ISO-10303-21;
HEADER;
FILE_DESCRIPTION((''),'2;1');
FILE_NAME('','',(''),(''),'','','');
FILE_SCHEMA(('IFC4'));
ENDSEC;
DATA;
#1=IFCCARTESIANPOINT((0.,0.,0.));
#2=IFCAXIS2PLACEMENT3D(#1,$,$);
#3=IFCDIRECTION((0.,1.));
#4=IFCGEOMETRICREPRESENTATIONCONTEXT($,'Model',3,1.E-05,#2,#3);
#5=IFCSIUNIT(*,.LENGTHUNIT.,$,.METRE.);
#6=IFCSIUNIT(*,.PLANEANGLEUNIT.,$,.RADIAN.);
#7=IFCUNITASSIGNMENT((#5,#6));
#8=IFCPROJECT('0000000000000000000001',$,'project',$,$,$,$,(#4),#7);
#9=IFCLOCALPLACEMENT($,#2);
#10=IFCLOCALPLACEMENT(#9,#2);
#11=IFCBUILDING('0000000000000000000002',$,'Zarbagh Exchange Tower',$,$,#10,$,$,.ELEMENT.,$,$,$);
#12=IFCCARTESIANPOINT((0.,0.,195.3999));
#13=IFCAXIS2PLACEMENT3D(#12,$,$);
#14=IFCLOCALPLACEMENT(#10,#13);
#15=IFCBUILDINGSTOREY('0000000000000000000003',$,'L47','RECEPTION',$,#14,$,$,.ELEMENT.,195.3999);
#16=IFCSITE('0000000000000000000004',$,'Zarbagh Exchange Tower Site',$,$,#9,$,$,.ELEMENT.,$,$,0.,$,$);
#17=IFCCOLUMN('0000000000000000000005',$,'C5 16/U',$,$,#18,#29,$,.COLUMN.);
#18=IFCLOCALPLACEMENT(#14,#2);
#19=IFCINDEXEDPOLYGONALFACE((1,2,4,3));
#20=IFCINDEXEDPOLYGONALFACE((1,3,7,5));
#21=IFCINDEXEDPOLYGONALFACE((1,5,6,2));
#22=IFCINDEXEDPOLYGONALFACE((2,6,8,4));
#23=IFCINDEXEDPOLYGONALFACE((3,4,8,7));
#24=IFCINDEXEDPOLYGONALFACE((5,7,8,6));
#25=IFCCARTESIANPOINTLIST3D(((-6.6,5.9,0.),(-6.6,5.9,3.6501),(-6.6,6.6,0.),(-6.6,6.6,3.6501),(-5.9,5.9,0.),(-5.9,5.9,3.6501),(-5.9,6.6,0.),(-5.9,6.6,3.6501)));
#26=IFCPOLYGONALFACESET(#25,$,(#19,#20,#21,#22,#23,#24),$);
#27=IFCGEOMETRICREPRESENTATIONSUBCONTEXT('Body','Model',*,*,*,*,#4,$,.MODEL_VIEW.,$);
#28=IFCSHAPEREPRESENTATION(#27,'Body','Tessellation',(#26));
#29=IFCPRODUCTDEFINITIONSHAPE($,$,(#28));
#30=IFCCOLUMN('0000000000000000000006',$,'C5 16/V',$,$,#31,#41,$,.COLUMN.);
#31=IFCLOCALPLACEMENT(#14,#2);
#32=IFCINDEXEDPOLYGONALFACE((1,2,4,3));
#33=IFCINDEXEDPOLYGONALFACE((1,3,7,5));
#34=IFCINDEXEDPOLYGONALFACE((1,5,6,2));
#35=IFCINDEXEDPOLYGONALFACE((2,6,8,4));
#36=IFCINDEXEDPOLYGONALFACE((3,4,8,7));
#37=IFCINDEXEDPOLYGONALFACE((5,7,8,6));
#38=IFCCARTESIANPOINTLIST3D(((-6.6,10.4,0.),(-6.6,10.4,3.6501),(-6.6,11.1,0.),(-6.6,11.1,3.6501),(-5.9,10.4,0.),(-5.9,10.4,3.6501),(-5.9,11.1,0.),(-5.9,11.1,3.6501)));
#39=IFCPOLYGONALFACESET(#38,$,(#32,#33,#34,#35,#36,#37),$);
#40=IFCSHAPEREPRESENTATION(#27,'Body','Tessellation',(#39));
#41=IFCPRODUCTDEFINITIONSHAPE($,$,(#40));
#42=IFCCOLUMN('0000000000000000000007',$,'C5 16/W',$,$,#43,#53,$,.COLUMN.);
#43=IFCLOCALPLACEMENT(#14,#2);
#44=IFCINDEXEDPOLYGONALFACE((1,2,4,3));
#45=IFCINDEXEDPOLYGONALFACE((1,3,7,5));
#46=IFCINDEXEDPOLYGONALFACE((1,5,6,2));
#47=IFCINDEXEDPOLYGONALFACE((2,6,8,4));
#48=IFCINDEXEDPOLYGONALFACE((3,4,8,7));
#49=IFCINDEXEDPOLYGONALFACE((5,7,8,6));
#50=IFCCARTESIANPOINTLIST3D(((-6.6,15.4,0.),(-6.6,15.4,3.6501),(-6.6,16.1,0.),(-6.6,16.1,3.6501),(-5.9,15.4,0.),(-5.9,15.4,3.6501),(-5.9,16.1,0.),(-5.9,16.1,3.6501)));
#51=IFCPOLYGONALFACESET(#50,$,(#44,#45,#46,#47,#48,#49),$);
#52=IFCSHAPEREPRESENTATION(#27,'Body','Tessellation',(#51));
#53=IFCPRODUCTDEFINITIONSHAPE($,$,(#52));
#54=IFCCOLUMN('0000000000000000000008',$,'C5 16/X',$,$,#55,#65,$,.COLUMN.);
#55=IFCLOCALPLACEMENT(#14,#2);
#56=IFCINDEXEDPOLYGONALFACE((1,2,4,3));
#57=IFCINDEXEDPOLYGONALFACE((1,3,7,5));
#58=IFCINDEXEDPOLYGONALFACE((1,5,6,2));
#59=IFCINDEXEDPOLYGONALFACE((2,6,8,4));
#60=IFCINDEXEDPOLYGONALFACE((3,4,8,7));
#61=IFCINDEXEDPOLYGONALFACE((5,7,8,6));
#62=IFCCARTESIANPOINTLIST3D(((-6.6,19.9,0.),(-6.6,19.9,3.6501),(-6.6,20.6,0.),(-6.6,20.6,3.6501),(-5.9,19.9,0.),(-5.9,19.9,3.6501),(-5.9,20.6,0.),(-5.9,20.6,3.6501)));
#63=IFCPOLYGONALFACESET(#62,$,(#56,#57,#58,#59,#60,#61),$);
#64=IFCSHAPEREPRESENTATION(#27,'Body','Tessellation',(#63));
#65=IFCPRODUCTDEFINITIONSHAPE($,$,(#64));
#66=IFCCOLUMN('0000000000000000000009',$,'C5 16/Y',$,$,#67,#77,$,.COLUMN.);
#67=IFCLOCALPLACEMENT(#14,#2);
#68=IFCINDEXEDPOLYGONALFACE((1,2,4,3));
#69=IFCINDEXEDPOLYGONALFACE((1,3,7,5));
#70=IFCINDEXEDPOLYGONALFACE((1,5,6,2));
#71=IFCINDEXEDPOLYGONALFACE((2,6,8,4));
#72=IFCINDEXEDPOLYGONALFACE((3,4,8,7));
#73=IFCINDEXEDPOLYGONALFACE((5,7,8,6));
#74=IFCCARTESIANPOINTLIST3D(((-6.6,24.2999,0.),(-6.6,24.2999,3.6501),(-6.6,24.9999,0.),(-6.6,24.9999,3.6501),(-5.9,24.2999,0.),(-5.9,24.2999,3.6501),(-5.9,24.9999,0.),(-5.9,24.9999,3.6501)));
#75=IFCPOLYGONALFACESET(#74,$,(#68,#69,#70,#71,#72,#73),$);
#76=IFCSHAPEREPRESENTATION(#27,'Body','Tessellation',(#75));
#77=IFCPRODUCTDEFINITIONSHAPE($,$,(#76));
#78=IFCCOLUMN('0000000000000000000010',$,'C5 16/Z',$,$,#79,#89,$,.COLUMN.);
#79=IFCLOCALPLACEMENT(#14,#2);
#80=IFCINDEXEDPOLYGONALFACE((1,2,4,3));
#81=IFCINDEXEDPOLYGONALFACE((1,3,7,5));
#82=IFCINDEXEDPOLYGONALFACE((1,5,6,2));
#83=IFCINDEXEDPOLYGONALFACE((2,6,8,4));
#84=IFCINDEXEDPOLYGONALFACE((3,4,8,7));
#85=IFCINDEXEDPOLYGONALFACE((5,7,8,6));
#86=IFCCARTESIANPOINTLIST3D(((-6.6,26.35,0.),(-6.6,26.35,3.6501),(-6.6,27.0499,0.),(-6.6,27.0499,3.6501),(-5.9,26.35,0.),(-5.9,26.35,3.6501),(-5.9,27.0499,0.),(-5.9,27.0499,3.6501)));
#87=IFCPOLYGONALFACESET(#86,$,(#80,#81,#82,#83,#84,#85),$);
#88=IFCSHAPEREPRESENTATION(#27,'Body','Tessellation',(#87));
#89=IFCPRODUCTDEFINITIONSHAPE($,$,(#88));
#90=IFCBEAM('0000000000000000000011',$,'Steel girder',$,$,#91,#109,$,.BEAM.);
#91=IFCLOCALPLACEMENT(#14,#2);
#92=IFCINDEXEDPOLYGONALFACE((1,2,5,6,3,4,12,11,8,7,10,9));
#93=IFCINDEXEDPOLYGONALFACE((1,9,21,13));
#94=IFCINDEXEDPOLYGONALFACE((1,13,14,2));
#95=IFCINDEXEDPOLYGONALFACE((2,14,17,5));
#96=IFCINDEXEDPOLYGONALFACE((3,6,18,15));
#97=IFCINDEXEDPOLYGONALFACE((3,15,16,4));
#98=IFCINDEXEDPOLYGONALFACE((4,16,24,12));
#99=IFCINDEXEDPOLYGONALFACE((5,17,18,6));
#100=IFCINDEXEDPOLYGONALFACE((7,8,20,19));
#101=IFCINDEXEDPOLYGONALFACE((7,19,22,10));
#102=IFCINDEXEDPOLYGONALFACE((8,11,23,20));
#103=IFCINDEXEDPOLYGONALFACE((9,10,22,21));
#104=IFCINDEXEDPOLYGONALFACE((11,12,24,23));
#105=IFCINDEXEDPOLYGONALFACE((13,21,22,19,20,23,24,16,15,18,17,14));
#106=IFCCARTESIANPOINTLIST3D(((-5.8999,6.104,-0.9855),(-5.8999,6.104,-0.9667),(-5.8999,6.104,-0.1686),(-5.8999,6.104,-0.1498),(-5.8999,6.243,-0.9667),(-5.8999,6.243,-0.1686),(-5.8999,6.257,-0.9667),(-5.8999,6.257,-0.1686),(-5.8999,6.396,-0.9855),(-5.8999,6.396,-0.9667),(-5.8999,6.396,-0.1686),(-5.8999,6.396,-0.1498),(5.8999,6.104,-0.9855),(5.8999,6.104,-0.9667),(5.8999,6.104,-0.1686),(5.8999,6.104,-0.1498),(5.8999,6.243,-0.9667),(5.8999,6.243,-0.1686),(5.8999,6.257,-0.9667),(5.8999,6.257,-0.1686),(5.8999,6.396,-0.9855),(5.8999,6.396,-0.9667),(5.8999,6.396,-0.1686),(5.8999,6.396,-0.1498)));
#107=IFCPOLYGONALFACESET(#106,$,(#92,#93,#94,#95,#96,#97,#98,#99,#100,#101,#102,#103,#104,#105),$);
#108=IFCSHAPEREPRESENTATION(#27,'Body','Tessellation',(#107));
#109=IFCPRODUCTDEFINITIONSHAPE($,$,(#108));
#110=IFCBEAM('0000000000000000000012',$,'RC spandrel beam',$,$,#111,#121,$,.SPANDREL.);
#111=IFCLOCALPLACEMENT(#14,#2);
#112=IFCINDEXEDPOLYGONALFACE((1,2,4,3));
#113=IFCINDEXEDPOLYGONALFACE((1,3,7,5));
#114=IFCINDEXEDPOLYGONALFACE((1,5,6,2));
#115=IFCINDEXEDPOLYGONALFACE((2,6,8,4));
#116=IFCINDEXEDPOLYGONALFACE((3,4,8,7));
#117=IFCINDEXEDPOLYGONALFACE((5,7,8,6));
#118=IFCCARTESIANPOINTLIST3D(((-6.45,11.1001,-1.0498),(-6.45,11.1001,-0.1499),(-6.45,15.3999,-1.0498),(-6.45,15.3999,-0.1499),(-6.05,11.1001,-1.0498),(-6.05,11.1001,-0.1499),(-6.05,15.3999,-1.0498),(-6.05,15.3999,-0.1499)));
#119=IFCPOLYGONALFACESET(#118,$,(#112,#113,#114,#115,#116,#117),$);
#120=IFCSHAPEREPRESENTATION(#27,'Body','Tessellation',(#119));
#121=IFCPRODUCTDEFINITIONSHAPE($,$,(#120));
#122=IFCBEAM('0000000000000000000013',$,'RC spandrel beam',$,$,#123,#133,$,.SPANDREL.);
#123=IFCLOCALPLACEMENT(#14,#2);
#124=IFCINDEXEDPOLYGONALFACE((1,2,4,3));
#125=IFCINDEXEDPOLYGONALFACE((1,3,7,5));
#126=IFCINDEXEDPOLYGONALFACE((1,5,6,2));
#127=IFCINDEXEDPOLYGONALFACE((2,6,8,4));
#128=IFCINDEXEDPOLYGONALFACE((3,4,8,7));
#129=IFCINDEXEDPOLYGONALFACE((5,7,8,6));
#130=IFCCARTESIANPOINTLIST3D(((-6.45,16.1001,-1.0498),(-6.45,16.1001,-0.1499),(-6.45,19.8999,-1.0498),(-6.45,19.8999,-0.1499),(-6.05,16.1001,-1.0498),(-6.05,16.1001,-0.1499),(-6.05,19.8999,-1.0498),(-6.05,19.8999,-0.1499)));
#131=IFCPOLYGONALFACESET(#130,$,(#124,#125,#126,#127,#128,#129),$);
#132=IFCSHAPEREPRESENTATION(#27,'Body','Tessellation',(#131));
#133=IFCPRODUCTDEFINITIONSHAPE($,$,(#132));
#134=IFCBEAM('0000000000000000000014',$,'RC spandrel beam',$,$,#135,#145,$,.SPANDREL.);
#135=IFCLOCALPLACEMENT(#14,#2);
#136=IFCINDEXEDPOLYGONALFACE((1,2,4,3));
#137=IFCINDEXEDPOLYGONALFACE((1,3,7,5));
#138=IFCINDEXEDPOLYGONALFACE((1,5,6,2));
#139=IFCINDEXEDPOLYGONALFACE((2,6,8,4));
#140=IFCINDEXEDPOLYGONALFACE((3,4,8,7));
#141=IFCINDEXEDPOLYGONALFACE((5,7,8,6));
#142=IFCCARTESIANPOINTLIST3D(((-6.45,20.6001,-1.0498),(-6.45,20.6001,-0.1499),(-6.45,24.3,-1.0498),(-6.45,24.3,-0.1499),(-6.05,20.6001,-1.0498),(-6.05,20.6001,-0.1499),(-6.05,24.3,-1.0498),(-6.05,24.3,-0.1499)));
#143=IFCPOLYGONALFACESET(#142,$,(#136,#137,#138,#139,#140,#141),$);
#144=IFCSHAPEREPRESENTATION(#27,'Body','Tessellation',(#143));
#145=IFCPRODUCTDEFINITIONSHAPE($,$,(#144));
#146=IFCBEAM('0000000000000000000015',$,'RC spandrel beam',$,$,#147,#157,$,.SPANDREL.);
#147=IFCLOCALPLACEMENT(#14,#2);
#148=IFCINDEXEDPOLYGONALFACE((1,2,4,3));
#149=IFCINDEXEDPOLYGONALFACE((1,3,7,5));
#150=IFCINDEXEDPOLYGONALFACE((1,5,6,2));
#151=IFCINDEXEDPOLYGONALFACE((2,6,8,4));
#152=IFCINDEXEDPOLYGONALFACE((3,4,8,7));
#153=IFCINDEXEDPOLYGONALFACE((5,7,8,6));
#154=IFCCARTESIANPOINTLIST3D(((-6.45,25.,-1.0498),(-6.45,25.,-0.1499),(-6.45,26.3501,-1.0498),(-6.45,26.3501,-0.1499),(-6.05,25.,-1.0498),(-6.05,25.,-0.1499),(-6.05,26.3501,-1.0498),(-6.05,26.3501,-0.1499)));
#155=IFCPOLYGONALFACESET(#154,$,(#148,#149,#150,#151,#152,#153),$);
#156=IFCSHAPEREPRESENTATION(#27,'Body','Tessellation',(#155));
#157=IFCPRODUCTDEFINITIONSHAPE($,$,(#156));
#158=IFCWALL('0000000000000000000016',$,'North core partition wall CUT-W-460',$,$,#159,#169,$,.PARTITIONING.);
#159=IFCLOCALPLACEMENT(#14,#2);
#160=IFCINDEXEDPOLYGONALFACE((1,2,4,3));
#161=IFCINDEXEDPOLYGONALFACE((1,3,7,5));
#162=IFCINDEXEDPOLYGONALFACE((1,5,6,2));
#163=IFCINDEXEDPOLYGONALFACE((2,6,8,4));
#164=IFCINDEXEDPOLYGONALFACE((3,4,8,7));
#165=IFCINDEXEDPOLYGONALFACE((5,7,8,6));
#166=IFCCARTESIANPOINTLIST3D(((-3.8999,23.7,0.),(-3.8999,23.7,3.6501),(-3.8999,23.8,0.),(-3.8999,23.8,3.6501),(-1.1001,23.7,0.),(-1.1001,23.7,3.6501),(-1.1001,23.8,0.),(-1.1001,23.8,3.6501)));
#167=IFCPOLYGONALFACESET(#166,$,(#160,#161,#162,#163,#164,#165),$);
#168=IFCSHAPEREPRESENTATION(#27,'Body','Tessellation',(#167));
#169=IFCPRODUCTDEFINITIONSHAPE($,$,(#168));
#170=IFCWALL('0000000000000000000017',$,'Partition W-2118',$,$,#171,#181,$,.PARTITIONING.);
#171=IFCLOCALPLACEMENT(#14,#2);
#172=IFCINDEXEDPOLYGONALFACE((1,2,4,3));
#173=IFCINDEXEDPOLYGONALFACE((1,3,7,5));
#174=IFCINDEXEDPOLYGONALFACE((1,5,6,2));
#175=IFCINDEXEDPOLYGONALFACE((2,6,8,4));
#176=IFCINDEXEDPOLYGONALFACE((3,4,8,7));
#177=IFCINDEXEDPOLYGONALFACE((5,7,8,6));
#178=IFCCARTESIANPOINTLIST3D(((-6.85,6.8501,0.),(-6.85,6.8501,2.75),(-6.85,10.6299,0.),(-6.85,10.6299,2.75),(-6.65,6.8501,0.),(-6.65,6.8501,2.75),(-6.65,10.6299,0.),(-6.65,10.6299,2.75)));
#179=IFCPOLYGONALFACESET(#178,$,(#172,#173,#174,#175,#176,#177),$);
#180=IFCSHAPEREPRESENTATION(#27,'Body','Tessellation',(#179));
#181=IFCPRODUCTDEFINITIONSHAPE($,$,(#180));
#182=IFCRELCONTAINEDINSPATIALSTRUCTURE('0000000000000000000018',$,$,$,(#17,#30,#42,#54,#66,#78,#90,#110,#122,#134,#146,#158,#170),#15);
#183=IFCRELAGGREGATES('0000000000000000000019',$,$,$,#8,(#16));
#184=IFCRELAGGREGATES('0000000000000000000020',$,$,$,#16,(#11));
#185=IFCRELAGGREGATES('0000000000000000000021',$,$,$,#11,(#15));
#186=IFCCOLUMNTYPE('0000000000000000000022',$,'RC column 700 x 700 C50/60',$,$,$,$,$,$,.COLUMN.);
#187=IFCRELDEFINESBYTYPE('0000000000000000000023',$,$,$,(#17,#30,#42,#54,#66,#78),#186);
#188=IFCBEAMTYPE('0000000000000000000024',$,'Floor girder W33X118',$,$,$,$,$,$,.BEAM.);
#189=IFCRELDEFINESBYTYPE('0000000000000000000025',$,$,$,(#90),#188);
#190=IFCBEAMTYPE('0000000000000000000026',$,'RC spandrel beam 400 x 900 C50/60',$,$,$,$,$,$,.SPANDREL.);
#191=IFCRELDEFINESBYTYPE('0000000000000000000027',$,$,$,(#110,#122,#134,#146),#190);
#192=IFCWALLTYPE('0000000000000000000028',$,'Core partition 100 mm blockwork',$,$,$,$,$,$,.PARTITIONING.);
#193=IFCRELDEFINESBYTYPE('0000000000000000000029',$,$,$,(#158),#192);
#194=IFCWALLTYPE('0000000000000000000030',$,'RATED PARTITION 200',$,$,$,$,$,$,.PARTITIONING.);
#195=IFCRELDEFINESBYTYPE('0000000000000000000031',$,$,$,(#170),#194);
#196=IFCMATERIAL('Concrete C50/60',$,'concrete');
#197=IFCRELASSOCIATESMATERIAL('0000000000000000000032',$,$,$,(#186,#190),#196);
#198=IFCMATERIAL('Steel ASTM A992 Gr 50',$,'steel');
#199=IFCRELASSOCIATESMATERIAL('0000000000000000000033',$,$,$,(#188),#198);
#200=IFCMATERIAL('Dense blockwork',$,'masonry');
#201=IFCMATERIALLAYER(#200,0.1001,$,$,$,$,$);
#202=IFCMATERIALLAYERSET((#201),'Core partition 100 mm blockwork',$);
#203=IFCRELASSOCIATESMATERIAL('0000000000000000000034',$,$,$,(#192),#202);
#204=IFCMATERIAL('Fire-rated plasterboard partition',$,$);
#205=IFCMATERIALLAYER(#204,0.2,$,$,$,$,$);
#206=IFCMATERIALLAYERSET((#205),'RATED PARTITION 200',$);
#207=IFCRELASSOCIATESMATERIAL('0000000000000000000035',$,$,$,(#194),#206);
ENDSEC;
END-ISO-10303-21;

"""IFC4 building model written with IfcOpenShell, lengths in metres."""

from ifc_helpers import new_model, si_unit, direction, frame, frame_2d, origin, origin_2d, place, context, subcontext, project, spatial, rectangle, i_section, extrude, material, layer, layer_set, material_profile, profile_set, type_object, element, save


model = new_model("IFC4")

# Units and contexts
model_context = context("Model", 3, precision=1e-05, world=origin(), true_north=direction((0.0, 1.0)))
body_context = subcontext(model_context, "Body", "Model", "MODEL_VIEW")
ifc_project = project(units=[si_unit("LENGTHUNIT", "METRE"), si_unit("PLANEANGLEUNIT", "RADIAN")], contexts=[model_context])

# Site, building, storey
site_placement = place(None, origin())
site = spatial("IfcSite", under=ifc_project, at=site_placement, Name="Zarbagh Exchange Tower Site", CompositionType="ELEMENT", RefElevation=0.0)
building_placement = place(site_placement, origin())
building = spatial("IfcBuilding", under=site, at=building_placement, Name="Zarbagh Exchange Tower", CompositionType="ELEMENT")
storey_placement = place(building_placement, frame((0.0, 0.0, 195.3999)))
storey = spatial("IfcBuildingStorey", under=building, at=storey_placement, Name="L47", Description="RECEPTION", CompositionType="ELEMENT", Elevation=195.3999)

# Columns
ifc_material_1 = material(Name="Concrete C50/60", Category="concrete")
ifc_material_profile_1 = material_profile(ifc_material_1, rectangle(XDim=0.7, YDim=0.7, at=origin_2d()), Name="RC column 700 x 700 C50/60")
ifc_profile_set_1 = profile_set([ifc_material_profile_1], Name="Concrete C50/60")
column_type = type_object("IfcColumnType", Name="RC column 700 x 700 C50/60", PredefinedType="COLUMN", material=ifc_profile_set_1)
for number, where, z_axis, x_axis, name in (
    (1, (-6.25, 6.25, 0.0), (0.0, 0.0, 1.0), (1.0, 0.0, 0.0), "C5 16/U"),
    (2, (-6.25, 10.75, 0.0), (0.0, 0.0, 1.0), (1.0, 0.0, 0.0), "C5 16/V"),
    (3, (-6.25, 15.75, 0.0), (0.0, 0.0, 1.0), (1.0, 0.0, 0.0), "C5 16/W"),
    (4, (-6.25, 20.25, 0.0), (0.0, 0.0, 1.0), (1.0, 0.0, 0.0), "C5 16/X"),
    (5, (-6.25, 24.6499, 0.0), (0.0, 0.0, 1.0), (1.0, 0.0, 0.0), "C5 16/Y"),
    (6, (-6.25, 26.7, 0.0), (0.0, 0.0, 1.0), (1.0, 0.0, 0.0), "C5 16/Z"),
):
    element("IfcColumn", number, at=place(storey_placement, frame(where, z_axis=z_axis, x_axis=x_axis)), inside=storey, type_object=column_type, Name=name, PredefinedType="COLUMN", context=body_context, shape_type="SweptSolid", body=[
        extrude(rectangle(XDim=0.7, YDim=0.7, at=origin_2d()), origin(), (0.0, 0.0, 1.0), 3.6501),
    ])

# Beams
ifc_material_2 = material(Name="Steel ASTM A992 Gr 50", Category="steel")
ifc_material_profile_2 = material_profile(ifc_material_2, i_section(OverallWidth=0.292, OverallDepth=0.8357, WebThickness=0.0139, FlangeThickness=0.0188, at=origin_2d()), Name="W33X118")
ifc_profile_set_2 = profile_set([ifc_material_profile_2], Name="Steel ASTM A992 Gr 50")
beam_type_1 = type_object("IfcBeamType", Name="Floor girder W33X118", PredefinedType="BEAM", material=ifc_profile_set_2)
beam_1_placement = place(storey_placement, frame((-5.8999, 6.25, -0.5676), z_axis=(1.0, 0.0, 0.0), x_axis=(0.0, 1.0, 0.0)))
element("IfcBeam", 7, at=beam_1_placement, inside=storey, type_object=beam_type_1, Name="Steel girder", PredefinedType="BEAM", context=body_context, shape_type="SweptSolid", body=[
    extrude(i_section(OverallWidth=0.292, OverallDepth=0.8357, WebThickness=0.0139, FlangeThickness=0.0188, at=origin_2d()), origin(), (0.0, 0.0, 1.0), 11.7998),
])
ifc_material_profile_3 = material_profile(ifc_material_1, rectangle(XDim=0.3999, YDim=0.8999, at=origin_2d()), Name="RC spandrel beam 400 x 900 C50/60")
ifc_profile_set_3 = profile_set([ifc_material_profile_3], Name="Concrete C50/60")
beam_type_2 = type_object("IfcBeamType", Name="RC spandrel beam 400 x 900 C50/60", PredefinedType="SPANDREL", material=ifc_profile_set_3)
beam_2_placement = place(storey_placement, frame((-6.25, 11.1001, -0.5999), z_axis=(0.0, 1.0, 0.0), x_axis=(-1.0, 0.0, 0.0)))
element("IfcBeam", 8, at=beam_2_placement, inside=storey, type_object=beam_type_2, Name="RC spandrel beam", PredefinedType="SPANDREL", context=body_context, shape_type="SweptSolid", body=[
    extrude(rectangle(XDim=0.3999, YDim=0.8999, at=origin_2d()), origin(), (0.0, 0.0, 1.0), 4.2998),
])
beam_3_placement = place(storey_placement, frame((-6.25, 16.1001, -0.5999), z_axis=(0.0, 1.0, 0.0), x_axis=(-1.0, 0.0, 0.0)))
element("IfcBeam", 9, at=beam_3_placement, inside=storey, type_object=beam_type_2, Name="RC spandrel beam", PredefinedType="SPANDREL", context=body_context, shape_type="SweptSolid", body=[
    extrude(rectangle(XDim=0.3999, YDim=0.8999, at=origin_2d()), origin(), (0.0, 0.0, 1.0), 3.7998),
])
beam_4_placement = place(storey_placement, frame((-6.25, 20.6001, -0.5999), z_axis=(0.0, 1.0, 0.0), x_axis=(-1.0, 0.0, 0.0)))
element("IfcBeam", 10, at=beam_4_placement, inside=storey, type_object=beam_type_2, Name="RC spandrel beam", PredefinedType="SPANDREL", context=body_context, shape_type="SweptSolid", body=[
    extrude(rectangle(XDim=0.3999, YDim=0.8999, at=origin_2d()), origin(), (0.0, 0.0, 1.0), 3.7),
])
beam_5_placement = place(storey_placement, frame((-6.25, 25.0, -0.5999), z_axis=(0.0, 1.0, 0.0), x_axis=(-1.0, 0.0, 0.0)))
element("IfcBeam", 11, at=beam_5_placement, inside=storey, type_object=beam_type_2, Name="RC spandrel beam", PredefinedType="SPANDREL", context=body_context, shape_type="SweptSolid", body=[
    extrude(rectangle(XDim=0.3999, YDim=0.8999, at=origin_2d()), origin(), (0.0, 0.0, 1.0), 1.3501),
])

# Walls
ifc_material_3 = material(Name="Dense blockwork", Category="masonry")
ifc_layer_1 = layer(ifc_material_3, 0.1001)
ifc_layer_set_1 = layer_set([ifc_layer_1], Name="Core partition 100 mm blockwork")
wall_type_1 = type_object("IfcWallType", Name="Core partition 100 mm blockwork", PredefinedType="PARTITIONING", material=ifc_layer_set_1)
wall_1_placement = place(storey_placement, frame((-3.8999, 23.75, 0.0), z_axis=(0.0, 0.0, 1.0), x_axis=(1.0, 0.0, 0.0)))
element("IfcWall", 12, at=wall_1_placement, inside=storey, type_object=wall_type_1, Name="North core partition wall CUT-W-460", PredefinedType="PARTITIONING", context=body_context, shape_type="SweptSolid", body=[
    extrude(rectangle(XDim=2.7998, YDim=0.1001, at=frame_2d((1.3999, 0.0))), origin(), (0.0, 0.0, 1.0), 3.6501),
])
ifc_material_4 = material(Name="Fire-rated plasterboard partition")
ifc_layer_2 = layer(ifc_material_4, 0.2)
ifc_layer_set_2 = layer_set([ifc_layer_2], Name="RATED PARTITION 200")
wall_type_2 = type_object("IfcWallType", Name="RATED PARTITION 200", PredefinedType="PARTITIONING", material=ifc_layer_set_2)
wall_2_placement = place(storey_placement, frame((-6.75, 6.8501, 0.0), z_axis=(0.0, 0.0, 1.0), x_axis=(0.0, 1.0, 0.0)))
element("IfcWall", 13, at=wall_2_placement, inside=storey, type_object=wall_type_2, Name="Partition W-2118", PredefinedType="PARTITIONING", context=body_context, shape_type="SweptSolid", body=[
    extrude(rectangle(XDim=3.7798, YDim=0.2, at=frame_2d((1.8899, 0.0))), origin(), (0.0, 0.0, 1.0), 2.75),
])

save(model, "model.ifc")
